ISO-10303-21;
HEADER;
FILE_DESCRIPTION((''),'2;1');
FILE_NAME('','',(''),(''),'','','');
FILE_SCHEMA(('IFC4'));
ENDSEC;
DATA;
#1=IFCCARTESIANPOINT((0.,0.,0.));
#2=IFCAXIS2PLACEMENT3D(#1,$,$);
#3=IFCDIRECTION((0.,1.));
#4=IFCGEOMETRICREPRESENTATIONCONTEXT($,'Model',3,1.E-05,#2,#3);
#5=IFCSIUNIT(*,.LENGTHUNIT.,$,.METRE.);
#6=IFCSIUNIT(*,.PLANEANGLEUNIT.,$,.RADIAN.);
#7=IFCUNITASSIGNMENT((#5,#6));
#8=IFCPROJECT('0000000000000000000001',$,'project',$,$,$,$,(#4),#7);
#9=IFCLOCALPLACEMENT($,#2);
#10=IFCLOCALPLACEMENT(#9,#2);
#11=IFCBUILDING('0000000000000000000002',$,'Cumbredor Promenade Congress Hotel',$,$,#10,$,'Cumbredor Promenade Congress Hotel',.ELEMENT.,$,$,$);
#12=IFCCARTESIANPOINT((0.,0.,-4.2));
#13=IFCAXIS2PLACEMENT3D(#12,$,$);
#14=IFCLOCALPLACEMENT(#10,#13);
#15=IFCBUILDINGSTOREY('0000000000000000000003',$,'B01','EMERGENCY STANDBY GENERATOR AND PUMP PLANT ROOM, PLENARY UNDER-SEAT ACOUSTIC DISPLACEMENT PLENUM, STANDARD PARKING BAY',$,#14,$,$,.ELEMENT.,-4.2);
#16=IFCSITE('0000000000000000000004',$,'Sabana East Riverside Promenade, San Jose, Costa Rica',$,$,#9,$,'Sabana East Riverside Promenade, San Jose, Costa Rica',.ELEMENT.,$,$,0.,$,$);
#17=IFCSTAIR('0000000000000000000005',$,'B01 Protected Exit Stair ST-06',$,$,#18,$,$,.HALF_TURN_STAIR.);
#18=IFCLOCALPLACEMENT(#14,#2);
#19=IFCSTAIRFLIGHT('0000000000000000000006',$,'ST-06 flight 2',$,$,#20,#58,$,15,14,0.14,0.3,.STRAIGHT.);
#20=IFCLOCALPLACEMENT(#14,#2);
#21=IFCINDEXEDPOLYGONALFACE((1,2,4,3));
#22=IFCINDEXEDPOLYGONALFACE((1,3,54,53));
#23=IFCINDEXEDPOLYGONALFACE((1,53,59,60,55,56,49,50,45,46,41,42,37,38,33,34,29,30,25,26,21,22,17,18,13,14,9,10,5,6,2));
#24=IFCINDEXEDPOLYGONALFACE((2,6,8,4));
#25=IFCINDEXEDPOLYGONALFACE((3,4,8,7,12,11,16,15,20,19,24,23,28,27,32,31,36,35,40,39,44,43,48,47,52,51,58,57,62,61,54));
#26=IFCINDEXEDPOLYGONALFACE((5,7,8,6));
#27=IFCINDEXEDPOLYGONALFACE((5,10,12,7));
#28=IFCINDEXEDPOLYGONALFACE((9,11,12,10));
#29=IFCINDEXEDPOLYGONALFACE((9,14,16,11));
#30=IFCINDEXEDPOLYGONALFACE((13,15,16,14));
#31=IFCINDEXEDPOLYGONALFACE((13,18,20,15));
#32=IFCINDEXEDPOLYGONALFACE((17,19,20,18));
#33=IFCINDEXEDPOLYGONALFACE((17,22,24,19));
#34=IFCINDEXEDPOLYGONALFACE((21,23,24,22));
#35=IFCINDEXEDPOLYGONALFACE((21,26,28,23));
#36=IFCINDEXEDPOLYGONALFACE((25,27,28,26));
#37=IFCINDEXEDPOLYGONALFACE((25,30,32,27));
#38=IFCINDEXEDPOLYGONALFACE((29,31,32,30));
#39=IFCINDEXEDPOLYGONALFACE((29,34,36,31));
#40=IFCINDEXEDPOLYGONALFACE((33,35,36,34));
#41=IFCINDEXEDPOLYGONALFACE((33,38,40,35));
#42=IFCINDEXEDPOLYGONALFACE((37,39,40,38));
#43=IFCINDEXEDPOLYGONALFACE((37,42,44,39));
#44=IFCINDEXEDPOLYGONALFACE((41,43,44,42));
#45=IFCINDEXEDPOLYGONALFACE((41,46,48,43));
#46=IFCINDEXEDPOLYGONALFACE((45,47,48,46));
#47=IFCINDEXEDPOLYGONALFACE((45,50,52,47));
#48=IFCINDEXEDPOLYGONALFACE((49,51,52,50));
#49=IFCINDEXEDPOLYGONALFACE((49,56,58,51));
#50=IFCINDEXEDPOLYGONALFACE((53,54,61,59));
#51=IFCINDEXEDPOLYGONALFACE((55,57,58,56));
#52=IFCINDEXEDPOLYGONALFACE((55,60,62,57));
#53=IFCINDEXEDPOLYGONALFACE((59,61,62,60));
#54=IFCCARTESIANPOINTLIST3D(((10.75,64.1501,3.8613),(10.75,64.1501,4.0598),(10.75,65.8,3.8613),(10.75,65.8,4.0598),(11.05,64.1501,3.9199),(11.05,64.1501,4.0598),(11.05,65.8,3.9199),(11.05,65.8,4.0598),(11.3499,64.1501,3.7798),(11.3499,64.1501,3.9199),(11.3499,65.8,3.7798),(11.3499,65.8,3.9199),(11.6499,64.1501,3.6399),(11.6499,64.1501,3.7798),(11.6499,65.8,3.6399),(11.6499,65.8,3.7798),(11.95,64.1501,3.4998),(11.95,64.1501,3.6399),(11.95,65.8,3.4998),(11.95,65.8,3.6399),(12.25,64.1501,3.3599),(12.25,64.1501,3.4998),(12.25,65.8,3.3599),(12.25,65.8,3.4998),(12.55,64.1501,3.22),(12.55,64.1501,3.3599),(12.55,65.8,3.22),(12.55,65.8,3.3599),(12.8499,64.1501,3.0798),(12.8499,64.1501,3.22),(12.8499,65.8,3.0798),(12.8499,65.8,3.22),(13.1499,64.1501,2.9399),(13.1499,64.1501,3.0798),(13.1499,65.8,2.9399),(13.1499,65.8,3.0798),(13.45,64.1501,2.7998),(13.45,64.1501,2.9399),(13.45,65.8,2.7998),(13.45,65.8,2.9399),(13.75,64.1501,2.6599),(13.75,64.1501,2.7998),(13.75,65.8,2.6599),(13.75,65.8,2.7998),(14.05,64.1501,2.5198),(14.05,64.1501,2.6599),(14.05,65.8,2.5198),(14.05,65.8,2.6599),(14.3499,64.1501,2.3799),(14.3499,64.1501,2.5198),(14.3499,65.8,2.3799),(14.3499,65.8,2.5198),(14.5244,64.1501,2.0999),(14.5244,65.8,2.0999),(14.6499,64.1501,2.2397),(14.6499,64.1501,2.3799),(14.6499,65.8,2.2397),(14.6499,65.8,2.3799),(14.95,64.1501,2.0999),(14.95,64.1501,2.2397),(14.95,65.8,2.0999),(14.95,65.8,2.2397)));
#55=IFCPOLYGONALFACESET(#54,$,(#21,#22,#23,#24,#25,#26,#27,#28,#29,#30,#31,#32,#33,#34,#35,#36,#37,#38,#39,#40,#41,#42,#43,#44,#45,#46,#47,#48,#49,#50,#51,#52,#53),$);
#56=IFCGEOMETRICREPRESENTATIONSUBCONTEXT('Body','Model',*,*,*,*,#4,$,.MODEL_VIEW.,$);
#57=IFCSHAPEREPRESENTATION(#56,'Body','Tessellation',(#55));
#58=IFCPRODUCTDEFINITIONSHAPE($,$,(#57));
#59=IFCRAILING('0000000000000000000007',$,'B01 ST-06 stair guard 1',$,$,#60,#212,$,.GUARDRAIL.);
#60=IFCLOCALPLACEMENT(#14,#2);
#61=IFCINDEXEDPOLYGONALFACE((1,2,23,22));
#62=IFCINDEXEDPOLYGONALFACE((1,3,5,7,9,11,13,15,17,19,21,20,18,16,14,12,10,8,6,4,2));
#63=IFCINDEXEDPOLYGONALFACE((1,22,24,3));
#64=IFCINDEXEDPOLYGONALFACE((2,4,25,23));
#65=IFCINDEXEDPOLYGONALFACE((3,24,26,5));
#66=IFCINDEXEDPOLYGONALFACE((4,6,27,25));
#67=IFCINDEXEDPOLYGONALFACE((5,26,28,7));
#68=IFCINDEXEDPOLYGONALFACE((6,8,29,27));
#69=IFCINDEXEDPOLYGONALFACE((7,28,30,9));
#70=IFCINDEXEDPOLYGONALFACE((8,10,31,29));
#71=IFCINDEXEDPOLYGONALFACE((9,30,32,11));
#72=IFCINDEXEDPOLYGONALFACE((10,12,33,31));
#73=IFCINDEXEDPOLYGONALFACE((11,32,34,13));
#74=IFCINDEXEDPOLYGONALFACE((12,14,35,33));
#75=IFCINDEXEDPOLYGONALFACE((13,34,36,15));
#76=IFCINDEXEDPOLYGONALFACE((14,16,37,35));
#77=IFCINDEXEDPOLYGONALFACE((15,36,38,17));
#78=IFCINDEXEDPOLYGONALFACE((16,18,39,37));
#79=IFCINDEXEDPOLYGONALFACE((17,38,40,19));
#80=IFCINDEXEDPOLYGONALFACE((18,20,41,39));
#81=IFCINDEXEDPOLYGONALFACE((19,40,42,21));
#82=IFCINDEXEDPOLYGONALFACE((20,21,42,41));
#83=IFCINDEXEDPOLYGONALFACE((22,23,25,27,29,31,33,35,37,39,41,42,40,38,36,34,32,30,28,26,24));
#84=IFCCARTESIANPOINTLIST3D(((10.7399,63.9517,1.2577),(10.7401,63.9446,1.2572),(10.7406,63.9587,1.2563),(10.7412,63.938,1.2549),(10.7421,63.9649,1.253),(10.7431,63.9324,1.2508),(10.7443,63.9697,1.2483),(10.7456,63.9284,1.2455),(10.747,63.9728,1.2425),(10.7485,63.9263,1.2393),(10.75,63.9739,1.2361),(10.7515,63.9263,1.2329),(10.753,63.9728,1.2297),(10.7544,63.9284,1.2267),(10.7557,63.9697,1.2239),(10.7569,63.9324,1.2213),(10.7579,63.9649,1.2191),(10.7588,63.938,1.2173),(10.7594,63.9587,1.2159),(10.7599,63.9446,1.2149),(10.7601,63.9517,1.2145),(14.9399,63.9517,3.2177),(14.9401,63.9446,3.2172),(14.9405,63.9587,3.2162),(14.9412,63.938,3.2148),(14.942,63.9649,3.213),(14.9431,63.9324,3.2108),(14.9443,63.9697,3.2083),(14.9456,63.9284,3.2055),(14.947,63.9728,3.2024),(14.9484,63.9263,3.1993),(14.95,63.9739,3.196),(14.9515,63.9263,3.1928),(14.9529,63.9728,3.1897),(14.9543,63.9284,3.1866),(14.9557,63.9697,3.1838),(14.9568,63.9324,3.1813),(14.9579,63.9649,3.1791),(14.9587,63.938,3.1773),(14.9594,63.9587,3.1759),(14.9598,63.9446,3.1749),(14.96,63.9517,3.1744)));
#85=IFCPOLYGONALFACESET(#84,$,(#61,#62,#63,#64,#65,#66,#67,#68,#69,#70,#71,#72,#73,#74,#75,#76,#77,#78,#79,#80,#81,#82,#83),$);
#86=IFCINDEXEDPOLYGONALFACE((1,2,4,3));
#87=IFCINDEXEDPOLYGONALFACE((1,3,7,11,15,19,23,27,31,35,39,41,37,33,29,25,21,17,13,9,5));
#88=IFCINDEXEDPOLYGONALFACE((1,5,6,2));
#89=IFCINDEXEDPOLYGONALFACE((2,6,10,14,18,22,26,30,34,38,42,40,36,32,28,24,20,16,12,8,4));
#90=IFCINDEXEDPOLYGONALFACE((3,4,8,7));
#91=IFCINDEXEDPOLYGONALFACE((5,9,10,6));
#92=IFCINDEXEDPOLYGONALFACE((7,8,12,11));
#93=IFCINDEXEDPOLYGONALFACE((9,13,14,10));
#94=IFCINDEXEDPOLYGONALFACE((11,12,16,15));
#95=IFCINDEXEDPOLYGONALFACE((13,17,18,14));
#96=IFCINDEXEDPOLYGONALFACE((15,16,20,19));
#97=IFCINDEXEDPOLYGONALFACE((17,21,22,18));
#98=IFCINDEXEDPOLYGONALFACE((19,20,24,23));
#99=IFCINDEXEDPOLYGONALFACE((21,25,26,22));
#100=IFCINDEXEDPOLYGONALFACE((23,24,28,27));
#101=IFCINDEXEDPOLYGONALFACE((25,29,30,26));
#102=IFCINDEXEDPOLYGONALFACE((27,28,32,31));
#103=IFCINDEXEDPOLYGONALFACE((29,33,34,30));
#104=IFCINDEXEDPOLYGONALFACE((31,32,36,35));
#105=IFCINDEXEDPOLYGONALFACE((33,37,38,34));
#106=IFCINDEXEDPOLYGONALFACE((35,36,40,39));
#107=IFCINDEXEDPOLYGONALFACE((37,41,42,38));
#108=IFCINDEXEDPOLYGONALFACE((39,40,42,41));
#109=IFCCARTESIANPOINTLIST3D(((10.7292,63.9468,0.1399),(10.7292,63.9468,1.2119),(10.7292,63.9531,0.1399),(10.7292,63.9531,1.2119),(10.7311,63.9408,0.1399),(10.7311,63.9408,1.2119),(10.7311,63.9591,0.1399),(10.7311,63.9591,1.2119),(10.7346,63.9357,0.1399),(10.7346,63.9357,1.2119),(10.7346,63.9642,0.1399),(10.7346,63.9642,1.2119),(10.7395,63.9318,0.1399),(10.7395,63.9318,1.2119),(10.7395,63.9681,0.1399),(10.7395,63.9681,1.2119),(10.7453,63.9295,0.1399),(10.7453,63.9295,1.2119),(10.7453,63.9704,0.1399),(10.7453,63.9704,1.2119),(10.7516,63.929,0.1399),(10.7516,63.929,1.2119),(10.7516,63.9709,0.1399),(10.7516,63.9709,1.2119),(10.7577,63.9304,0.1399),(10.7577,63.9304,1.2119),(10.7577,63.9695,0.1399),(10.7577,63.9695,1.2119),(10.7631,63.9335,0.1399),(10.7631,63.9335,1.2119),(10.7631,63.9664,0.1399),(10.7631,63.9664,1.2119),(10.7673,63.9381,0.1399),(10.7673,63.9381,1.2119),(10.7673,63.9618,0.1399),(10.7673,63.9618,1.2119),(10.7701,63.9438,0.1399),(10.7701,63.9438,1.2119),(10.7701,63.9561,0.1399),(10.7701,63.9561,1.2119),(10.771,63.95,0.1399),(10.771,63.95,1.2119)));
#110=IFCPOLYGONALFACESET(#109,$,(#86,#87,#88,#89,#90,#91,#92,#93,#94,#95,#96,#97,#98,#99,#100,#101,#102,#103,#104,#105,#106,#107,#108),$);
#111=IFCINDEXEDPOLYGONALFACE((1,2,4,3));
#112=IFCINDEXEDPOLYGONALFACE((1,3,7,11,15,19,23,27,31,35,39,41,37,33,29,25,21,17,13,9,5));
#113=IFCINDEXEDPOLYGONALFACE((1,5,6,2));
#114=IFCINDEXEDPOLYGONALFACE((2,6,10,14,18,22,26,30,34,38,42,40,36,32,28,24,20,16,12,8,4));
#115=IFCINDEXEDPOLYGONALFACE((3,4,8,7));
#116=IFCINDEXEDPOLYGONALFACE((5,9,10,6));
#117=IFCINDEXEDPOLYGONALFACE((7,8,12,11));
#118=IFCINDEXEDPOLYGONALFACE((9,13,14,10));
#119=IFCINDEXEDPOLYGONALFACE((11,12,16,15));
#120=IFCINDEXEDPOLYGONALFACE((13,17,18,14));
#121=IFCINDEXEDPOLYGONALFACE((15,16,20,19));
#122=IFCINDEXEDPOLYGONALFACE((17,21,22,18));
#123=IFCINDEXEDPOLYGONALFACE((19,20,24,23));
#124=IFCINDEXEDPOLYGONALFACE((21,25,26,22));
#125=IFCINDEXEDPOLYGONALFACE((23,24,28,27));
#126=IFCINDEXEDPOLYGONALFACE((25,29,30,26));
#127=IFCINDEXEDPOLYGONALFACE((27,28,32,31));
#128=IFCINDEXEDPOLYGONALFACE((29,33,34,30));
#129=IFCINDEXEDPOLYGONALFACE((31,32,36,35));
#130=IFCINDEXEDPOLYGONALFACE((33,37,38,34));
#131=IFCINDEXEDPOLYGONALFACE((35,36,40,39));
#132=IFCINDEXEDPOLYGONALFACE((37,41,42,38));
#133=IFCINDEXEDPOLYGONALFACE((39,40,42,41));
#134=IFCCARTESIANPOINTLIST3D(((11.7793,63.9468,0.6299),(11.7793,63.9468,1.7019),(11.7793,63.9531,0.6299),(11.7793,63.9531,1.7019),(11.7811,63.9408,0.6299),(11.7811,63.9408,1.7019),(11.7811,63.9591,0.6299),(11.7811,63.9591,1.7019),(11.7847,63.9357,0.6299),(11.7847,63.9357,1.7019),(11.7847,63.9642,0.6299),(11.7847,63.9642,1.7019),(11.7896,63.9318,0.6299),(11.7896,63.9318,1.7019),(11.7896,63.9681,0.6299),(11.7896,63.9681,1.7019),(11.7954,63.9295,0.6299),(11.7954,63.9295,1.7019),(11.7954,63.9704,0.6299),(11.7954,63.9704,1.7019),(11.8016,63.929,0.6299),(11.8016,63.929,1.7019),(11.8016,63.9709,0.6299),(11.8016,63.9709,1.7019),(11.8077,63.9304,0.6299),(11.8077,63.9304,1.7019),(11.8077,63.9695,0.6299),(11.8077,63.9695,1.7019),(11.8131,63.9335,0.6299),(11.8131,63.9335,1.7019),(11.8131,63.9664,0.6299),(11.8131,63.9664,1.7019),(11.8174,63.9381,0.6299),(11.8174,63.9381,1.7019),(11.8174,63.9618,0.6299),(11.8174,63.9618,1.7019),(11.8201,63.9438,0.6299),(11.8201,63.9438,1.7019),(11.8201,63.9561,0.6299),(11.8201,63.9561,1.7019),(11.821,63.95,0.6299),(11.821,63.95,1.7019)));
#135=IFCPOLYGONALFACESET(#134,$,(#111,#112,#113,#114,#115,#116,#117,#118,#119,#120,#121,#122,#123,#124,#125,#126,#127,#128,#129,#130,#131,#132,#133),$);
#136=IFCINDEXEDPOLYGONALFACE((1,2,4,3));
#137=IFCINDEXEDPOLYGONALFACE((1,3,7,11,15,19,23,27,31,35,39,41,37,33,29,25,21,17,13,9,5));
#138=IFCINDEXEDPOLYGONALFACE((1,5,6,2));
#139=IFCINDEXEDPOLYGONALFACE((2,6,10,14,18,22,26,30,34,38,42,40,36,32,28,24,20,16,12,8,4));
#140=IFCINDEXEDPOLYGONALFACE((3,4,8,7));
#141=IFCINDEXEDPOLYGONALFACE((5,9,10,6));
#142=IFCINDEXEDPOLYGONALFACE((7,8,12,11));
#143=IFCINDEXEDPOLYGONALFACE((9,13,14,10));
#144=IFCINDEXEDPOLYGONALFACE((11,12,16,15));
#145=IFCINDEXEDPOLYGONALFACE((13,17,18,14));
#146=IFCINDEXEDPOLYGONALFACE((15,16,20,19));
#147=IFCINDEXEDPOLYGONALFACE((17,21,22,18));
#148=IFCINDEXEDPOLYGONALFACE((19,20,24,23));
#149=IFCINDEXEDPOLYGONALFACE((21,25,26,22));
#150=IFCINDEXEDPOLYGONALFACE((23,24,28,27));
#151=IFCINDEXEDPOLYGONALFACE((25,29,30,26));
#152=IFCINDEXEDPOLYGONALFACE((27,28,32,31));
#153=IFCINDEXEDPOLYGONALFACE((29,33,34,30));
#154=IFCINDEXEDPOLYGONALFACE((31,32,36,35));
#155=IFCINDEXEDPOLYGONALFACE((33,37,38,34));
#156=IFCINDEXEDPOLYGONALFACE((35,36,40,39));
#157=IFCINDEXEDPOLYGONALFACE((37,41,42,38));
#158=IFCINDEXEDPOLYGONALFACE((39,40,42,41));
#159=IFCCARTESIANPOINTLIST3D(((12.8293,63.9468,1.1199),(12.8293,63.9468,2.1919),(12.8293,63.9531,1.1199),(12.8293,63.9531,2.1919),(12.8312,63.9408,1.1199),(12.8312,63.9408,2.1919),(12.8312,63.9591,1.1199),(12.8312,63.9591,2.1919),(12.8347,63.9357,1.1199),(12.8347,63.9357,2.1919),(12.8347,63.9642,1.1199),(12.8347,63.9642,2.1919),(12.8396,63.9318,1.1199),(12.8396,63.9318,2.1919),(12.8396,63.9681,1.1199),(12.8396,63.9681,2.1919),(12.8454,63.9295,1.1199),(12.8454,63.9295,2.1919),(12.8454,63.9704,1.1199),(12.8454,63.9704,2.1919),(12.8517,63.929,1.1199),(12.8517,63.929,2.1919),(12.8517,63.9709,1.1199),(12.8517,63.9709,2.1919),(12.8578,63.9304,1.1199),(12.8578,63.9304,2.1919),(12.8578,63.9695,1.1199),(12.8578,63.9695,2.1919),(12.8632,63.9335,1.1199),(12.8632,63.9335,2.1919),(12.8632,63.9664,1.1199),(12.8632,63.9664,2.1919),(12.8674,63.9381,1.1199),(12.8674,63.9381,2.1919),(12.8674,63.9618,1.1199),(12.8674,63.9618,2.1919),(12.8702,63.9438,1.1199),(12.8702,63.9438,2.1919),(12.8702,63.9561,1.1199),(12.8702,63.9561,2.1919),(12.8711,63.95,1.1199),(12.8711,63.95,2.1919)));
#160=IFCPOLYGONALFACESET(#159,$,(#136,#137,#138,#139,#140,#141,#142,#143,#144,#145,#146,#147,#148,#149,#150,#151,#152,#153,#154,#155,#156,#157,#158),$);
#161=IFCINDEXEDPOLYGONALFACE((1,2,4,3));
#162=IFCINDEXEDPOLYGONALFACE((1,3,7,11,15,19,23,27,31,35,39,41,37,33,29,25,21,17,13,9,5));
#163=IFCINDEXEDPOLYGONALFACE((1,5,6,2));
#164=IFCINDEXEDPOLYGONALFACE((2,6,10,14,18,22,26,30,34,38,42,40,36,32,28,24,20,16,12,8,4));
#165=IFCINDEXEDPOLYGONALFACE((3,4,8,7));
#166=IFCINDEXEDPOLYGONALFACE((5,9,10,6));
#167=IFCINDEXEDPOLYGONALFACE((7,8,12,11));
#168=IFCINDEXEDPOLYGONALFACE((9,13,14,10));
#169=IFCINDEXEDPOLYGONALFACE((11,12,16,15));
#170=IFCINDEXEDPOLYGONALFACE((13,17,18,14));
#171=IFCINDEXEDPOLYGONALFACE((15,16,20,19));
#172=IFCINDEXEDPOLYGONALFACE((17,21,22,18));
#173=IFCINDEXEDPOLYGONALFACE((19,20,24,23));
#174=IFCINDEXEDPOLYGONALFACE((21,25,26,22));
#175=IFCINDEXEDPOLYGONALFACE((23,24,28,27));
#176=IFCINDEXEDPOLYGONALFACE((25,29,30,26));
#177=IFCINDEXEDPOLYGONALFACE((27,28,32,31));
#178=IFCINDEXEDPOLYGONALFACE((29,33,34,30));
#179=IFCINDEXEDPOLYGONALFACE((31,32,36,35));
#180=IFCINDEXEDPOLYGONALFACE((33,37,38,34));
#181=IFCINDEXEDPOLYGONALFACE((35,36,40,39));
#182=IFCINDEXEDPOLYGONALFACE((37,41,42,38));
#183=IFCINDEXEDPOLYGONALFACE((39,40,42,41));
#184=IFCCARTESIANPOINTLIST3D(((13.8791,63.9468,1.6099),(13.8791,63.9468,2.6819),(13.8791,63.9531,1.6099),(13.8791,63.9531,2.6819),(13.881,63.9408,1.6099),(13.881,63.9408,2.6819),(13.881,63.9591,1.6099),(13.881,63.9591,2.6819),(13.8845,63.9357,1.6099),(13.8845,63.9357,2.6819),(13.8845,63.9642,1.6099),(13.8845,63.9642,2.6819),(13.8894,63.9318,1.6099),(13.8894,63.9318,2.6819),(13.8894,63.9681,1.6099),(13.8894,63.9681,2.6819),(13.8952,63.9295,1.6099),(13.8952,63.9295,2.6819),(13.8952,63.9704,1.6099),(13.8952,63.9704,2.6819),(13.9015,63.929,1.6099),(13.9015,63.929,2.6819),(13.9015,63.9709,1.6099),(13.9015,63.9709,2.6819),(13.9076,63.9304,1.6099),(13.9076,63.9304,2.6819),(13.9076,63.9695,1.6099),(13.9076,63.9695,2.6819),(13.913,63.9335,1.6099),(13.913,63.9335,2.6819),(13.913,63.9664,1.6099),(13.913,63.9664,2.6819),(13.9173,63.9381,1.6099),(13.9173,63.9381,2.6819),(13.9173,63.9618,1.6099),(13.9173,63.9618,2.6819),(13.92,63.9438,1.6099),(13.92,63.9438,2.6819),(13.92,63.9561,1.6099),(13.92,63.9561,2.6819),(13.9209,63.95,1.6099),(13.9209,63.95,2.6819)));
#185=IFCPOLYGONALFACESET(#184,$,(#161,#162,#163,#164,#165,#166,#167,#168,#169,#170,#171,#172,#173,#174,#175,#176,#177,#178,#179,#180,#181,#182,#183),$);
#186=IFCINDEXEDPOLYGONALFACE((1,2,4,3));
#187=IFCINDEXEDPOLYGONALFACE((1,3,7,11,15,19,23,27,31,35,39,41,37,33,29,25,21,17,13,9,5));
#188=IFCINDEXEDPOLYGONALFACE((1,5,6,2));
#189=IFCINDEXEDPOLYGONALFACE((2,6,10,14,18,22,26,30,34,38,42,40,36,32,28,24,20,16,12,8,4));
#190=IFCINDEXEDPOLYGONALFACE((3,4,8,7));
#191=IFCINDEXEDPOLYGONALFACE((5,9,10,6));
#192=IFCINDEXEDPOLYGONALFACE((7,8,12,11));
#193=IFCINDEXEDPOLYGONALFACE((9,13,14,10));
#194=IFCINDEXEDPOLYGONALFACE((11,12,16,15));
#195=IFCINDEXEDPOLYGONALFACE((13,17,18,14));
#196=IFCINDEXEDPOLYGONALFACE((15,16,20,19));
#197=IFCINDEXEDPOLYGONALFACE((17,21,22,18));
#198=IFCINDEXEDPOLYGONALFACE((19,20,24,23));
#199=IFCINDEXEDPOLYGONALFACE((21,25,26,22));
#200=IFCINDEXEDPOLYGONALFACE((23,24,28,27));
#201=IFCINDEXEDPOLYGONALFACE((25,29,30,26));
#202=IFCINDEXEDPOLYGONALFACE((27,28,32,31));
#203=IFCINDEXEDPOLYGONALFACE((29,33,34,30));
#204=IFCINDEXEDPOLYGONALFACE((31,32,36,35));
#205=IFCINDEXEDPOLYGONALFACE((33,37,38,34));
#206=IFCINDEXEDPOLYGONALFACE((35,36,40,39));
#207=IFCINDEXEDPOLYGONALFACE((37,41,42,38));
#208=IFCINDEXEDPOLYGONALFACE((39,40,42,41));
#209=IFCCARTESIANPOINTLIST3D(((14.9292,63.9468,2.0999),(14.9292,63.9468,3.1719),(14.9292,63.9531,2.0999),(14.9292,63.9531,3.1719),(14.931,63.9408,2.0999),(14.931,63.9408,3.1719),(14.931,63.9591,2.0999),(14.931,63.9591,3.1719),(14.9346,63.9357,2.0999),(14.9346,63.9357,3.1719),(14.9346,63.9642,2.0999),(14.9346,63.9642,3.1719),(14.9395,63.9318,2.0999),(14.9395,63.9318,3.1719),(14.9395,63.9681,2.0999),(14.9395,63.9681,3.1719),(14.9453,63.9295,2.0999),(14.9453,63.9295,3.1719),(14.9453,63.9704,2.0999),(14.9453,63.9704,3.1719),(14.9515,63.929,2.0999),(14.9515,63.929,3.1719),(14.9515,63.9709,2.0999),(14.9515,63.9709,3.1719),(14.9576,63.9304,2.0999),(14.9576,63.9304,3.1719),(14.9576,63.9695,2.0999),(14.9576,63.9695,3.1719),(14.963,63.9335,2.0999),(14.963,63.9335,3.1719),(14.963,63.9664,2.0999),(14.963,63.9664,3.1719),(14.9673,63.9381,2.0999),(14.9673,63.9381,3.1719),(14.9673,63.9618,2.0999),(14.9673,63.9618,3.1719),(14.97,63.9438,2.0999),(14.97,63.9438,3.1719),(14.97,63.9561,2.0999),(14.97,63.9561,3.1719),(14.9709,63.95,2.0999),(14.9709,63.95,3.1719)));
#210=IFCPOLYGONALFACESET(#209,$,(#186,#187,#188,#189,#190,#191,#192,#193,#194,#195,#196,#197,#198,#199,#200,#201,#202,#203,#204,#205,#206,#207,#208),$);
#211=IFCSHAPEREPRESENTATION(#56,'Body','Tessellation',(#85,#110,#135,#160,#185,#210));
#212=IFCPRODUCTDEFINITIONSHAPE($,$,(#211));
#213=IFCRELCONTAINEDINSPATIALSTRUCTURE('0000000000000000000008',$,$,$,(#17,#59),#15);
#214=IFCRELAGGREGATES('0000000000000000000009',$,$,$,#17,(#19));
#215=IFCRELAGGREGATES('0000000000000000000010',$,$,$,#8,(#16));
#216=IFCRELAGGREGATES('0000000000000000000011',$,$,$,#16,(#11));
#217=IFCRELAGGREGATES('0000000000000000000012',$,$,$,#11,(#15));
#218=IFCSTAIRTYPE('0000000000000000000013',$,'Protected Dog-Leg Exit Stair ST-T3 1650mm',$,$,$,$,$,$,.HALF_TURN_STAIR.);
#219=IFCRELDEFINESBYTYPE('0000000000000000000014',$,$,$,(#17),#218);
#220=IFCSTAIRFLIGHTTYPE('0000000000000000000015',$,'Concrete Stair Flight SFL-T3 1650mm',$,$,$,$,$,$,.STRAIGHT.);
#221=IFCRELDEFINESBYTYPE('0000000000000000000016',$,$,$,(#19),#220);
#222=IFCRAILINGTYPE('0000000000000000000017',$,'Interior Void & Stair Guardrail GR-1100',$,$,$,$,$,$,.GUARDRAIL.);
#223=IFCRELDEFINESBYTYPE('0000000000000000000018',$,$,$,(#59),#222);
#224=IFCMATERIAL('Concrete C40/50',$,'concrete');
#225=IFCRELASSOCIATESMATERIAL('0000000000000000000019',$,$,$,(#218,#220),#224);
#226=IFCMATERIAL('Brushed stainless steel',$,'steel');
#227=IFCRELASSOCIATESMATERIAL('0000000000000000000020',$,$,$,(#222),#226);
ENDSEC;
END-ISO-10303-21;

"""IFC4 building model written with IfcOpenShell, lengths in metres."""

from ifc_helpers import new_model, si_unit, direction, frame, origin, origin_2d, place, context, subcontext, project, spatial, polyline, circle, outline, extrude, material, type_object, element, aggregate, save


model = new_model("IFC4")

# Units and contexts
model_context = context("Model", 3, precision=1e-05, world=origin(), true_north=direction((0.0, 1.0)))
body_context = subcontext(model_context, "Body", "Model", "MODEL_VIEW")
ifc_project = project(units=[si_unit("LENGTHUNIT", "METRE"), si_unit("PLANEANGLEUNIT", "RADIAN")], contexts=[model_context])

# Site, building, storey
site_placement = place(None, origin())
site = spatial("IfcSite", under=ifc_project, at=site_placement, Name="Sabana East Riverside Promenade, San Jose, Costa Rica", LongName="Sabana East Riverside Promenade, San Jose, Costa Rica", CompositionType="ELEMENT", RefElevation=0.0)
building_placement = place(site_placement, origin())
building = spatial("IfcBuilding", under=site, at=building_placement, Name="Cumbredor Promenade Congress Hotel", LongName="Cumbredor Promenade Congress Hotel", CompositionType="ELEMENT")
storey_placement = place(building_placement, frame((0.0, 0.0, -4.2)))
storey = spatial("IfcBuildingStorey", under=building, at=storey_placement, Name="B01", Description="EMERGENCY STANDBY GENERATOR AND PUMP PLANT ROOM, PLENARY UNDER-SEAT ACOUSTIC DISPLACEMENT PLENUM, STANDARD PARKING BAY", CompositionType="ELEMENT", Elevation=-4.2)

# Shared definitions
ifc_material_1 = material(Name="Concrete C40/50", Category="concrete")

# Stair, stair flight
stair_type = type_object("IfcStairType", Name="Protected Dog-Leg Exit Stair ST-T3 1650mm", PredefinedType="HALF_TURN_STAIR", material=ifc_material_1)
stair_placement = place(storey_placement, origin())
stair = element("IfcStair", 1, at=stair_placement, inside=storey, type_object=stair_type, Name="B01 Protected Exit Stair ST-06", PredefinedType="HALF_TURN_STAIR")
stair_flight_type = type_object("IfcStairFlightType", Name="Concrete Stair Flight SFL-T3 1650mm", PredefinedType="STRAIGHT", material=ifc_material_1)
stair_flight_1_placement = place(storey_placement, frame((14.95, 64.9751, 2.0999), z_axis=(0.0, 0.0, 1.0), x_axis=(-1.0, 0.0, 0.0)))
stair_flight_1 = element("IfcStairFlight", 2, at=stair_flight_1_placement, type_object=stair_flight_type, Name="ST-06 flight 2", NumberOfRisers=15, NumberOfTreads=14, PredefinedType="STRAIGHT", RiserHeight=0.14, TreadLength=0.3, context=body_context, shape_type="SweptSolid", body=[
    extrude(outline(polyline([(0.0, 0.0), (0.0, 0.1399), (0.3, 0.1399), (0.3, 0.28), (0.6001, 0.28), (0.6001, 0.4199), (0.8999, 0.4199), (0.8999, 0.5601), (1.2, 0.5601), (1.2, 0.7), (1.5, 0.7), (1.5, 0.8401), (1.8, 0.8401), (1.8, 0.98), (2.1001, 0.98), (2.1001, 1.1201), (2.3999, 1.1201), (2.3999, 1.26), (2.7, 1.26), (2.7, 1.3999), (3.0, 1.3999), (3.0, 1.54), (3.3, 1.54), (3.3, 1.6799), (3.6001, 1.6799), (3.6001, 1.8201), (3.8999, 1.8201), (3.8999, 1.96), (4.2, 1.96), (4.2, 2.1001), (4.2, 1.7615), (0.4255, 0.0), (0.0, 0.0)])), frame((0.0, 0.825, 0.0), z_axis=(0.0, -1.0, 0.0), x_axis=(1.0, 0.0, 0.0)), (0.0, 0.0, 1.0), 1.6499),
])
aggregate(stair, [stair_flight_1])

# Railing
ifc_material_2 = material(Name="Brushed stainless steel", Category="steel")
railing_type_1 = type_object("IfcRailingType", Name="Interior Void & Stair Guardrail GR-1100", PredefinedType="GUARDRAIL", material=ifc_material_2)
railing_1_placement = place(storey_placement, frame((10.75, 63.95, 0.1399)))
element("IfcRailing", 3, at=railing_1_placement, inside=storey, type_object=railing_type_1, Name="B01 ST-06 stair guard 1", PredefinedType="GUARDRAIL", context=body_context, shape_type="SweptSolid", body=[
    extrude(circle(Radius=0.0239, at=origin_2d()), frame((0.0, 0.0, 1.0962), z_axis=(0.906184, 0.0, 0.422883), x_axis=(0.0, 1.0, 0.0)), (0.0, 0.0, 1.0), 4.6348),
    extrude(circle(Radius=0.021, at=origin_2d()), origin(), (0.0, 0.0, 1.0), 1.072),
    extrude(circle(Radius=0.021, at=origin_2d()), frame((1.05, 0.0, 0.49)), (0.0, 0.0, 1.0), 1.072),
    extrude(circle(Radius=0.021, at=origin_2d()), frame((2.1001, 0.0, 0.98)), (0.0, 0.0, 1.0), 1.072),
    extrude(circle(Radius=0.021, at=origin_2d()), frame((3.1499, 0.0, 1.47)), (0.0, 0.0, 1.0), 1.072),
    extrude(circle(Radius=0.021, at=origin_2d()), frame((4.2, 0.0, 1.96)), (0.0, 0.0, 1.0), 1.072),
])

save(model, "model.ifc")
